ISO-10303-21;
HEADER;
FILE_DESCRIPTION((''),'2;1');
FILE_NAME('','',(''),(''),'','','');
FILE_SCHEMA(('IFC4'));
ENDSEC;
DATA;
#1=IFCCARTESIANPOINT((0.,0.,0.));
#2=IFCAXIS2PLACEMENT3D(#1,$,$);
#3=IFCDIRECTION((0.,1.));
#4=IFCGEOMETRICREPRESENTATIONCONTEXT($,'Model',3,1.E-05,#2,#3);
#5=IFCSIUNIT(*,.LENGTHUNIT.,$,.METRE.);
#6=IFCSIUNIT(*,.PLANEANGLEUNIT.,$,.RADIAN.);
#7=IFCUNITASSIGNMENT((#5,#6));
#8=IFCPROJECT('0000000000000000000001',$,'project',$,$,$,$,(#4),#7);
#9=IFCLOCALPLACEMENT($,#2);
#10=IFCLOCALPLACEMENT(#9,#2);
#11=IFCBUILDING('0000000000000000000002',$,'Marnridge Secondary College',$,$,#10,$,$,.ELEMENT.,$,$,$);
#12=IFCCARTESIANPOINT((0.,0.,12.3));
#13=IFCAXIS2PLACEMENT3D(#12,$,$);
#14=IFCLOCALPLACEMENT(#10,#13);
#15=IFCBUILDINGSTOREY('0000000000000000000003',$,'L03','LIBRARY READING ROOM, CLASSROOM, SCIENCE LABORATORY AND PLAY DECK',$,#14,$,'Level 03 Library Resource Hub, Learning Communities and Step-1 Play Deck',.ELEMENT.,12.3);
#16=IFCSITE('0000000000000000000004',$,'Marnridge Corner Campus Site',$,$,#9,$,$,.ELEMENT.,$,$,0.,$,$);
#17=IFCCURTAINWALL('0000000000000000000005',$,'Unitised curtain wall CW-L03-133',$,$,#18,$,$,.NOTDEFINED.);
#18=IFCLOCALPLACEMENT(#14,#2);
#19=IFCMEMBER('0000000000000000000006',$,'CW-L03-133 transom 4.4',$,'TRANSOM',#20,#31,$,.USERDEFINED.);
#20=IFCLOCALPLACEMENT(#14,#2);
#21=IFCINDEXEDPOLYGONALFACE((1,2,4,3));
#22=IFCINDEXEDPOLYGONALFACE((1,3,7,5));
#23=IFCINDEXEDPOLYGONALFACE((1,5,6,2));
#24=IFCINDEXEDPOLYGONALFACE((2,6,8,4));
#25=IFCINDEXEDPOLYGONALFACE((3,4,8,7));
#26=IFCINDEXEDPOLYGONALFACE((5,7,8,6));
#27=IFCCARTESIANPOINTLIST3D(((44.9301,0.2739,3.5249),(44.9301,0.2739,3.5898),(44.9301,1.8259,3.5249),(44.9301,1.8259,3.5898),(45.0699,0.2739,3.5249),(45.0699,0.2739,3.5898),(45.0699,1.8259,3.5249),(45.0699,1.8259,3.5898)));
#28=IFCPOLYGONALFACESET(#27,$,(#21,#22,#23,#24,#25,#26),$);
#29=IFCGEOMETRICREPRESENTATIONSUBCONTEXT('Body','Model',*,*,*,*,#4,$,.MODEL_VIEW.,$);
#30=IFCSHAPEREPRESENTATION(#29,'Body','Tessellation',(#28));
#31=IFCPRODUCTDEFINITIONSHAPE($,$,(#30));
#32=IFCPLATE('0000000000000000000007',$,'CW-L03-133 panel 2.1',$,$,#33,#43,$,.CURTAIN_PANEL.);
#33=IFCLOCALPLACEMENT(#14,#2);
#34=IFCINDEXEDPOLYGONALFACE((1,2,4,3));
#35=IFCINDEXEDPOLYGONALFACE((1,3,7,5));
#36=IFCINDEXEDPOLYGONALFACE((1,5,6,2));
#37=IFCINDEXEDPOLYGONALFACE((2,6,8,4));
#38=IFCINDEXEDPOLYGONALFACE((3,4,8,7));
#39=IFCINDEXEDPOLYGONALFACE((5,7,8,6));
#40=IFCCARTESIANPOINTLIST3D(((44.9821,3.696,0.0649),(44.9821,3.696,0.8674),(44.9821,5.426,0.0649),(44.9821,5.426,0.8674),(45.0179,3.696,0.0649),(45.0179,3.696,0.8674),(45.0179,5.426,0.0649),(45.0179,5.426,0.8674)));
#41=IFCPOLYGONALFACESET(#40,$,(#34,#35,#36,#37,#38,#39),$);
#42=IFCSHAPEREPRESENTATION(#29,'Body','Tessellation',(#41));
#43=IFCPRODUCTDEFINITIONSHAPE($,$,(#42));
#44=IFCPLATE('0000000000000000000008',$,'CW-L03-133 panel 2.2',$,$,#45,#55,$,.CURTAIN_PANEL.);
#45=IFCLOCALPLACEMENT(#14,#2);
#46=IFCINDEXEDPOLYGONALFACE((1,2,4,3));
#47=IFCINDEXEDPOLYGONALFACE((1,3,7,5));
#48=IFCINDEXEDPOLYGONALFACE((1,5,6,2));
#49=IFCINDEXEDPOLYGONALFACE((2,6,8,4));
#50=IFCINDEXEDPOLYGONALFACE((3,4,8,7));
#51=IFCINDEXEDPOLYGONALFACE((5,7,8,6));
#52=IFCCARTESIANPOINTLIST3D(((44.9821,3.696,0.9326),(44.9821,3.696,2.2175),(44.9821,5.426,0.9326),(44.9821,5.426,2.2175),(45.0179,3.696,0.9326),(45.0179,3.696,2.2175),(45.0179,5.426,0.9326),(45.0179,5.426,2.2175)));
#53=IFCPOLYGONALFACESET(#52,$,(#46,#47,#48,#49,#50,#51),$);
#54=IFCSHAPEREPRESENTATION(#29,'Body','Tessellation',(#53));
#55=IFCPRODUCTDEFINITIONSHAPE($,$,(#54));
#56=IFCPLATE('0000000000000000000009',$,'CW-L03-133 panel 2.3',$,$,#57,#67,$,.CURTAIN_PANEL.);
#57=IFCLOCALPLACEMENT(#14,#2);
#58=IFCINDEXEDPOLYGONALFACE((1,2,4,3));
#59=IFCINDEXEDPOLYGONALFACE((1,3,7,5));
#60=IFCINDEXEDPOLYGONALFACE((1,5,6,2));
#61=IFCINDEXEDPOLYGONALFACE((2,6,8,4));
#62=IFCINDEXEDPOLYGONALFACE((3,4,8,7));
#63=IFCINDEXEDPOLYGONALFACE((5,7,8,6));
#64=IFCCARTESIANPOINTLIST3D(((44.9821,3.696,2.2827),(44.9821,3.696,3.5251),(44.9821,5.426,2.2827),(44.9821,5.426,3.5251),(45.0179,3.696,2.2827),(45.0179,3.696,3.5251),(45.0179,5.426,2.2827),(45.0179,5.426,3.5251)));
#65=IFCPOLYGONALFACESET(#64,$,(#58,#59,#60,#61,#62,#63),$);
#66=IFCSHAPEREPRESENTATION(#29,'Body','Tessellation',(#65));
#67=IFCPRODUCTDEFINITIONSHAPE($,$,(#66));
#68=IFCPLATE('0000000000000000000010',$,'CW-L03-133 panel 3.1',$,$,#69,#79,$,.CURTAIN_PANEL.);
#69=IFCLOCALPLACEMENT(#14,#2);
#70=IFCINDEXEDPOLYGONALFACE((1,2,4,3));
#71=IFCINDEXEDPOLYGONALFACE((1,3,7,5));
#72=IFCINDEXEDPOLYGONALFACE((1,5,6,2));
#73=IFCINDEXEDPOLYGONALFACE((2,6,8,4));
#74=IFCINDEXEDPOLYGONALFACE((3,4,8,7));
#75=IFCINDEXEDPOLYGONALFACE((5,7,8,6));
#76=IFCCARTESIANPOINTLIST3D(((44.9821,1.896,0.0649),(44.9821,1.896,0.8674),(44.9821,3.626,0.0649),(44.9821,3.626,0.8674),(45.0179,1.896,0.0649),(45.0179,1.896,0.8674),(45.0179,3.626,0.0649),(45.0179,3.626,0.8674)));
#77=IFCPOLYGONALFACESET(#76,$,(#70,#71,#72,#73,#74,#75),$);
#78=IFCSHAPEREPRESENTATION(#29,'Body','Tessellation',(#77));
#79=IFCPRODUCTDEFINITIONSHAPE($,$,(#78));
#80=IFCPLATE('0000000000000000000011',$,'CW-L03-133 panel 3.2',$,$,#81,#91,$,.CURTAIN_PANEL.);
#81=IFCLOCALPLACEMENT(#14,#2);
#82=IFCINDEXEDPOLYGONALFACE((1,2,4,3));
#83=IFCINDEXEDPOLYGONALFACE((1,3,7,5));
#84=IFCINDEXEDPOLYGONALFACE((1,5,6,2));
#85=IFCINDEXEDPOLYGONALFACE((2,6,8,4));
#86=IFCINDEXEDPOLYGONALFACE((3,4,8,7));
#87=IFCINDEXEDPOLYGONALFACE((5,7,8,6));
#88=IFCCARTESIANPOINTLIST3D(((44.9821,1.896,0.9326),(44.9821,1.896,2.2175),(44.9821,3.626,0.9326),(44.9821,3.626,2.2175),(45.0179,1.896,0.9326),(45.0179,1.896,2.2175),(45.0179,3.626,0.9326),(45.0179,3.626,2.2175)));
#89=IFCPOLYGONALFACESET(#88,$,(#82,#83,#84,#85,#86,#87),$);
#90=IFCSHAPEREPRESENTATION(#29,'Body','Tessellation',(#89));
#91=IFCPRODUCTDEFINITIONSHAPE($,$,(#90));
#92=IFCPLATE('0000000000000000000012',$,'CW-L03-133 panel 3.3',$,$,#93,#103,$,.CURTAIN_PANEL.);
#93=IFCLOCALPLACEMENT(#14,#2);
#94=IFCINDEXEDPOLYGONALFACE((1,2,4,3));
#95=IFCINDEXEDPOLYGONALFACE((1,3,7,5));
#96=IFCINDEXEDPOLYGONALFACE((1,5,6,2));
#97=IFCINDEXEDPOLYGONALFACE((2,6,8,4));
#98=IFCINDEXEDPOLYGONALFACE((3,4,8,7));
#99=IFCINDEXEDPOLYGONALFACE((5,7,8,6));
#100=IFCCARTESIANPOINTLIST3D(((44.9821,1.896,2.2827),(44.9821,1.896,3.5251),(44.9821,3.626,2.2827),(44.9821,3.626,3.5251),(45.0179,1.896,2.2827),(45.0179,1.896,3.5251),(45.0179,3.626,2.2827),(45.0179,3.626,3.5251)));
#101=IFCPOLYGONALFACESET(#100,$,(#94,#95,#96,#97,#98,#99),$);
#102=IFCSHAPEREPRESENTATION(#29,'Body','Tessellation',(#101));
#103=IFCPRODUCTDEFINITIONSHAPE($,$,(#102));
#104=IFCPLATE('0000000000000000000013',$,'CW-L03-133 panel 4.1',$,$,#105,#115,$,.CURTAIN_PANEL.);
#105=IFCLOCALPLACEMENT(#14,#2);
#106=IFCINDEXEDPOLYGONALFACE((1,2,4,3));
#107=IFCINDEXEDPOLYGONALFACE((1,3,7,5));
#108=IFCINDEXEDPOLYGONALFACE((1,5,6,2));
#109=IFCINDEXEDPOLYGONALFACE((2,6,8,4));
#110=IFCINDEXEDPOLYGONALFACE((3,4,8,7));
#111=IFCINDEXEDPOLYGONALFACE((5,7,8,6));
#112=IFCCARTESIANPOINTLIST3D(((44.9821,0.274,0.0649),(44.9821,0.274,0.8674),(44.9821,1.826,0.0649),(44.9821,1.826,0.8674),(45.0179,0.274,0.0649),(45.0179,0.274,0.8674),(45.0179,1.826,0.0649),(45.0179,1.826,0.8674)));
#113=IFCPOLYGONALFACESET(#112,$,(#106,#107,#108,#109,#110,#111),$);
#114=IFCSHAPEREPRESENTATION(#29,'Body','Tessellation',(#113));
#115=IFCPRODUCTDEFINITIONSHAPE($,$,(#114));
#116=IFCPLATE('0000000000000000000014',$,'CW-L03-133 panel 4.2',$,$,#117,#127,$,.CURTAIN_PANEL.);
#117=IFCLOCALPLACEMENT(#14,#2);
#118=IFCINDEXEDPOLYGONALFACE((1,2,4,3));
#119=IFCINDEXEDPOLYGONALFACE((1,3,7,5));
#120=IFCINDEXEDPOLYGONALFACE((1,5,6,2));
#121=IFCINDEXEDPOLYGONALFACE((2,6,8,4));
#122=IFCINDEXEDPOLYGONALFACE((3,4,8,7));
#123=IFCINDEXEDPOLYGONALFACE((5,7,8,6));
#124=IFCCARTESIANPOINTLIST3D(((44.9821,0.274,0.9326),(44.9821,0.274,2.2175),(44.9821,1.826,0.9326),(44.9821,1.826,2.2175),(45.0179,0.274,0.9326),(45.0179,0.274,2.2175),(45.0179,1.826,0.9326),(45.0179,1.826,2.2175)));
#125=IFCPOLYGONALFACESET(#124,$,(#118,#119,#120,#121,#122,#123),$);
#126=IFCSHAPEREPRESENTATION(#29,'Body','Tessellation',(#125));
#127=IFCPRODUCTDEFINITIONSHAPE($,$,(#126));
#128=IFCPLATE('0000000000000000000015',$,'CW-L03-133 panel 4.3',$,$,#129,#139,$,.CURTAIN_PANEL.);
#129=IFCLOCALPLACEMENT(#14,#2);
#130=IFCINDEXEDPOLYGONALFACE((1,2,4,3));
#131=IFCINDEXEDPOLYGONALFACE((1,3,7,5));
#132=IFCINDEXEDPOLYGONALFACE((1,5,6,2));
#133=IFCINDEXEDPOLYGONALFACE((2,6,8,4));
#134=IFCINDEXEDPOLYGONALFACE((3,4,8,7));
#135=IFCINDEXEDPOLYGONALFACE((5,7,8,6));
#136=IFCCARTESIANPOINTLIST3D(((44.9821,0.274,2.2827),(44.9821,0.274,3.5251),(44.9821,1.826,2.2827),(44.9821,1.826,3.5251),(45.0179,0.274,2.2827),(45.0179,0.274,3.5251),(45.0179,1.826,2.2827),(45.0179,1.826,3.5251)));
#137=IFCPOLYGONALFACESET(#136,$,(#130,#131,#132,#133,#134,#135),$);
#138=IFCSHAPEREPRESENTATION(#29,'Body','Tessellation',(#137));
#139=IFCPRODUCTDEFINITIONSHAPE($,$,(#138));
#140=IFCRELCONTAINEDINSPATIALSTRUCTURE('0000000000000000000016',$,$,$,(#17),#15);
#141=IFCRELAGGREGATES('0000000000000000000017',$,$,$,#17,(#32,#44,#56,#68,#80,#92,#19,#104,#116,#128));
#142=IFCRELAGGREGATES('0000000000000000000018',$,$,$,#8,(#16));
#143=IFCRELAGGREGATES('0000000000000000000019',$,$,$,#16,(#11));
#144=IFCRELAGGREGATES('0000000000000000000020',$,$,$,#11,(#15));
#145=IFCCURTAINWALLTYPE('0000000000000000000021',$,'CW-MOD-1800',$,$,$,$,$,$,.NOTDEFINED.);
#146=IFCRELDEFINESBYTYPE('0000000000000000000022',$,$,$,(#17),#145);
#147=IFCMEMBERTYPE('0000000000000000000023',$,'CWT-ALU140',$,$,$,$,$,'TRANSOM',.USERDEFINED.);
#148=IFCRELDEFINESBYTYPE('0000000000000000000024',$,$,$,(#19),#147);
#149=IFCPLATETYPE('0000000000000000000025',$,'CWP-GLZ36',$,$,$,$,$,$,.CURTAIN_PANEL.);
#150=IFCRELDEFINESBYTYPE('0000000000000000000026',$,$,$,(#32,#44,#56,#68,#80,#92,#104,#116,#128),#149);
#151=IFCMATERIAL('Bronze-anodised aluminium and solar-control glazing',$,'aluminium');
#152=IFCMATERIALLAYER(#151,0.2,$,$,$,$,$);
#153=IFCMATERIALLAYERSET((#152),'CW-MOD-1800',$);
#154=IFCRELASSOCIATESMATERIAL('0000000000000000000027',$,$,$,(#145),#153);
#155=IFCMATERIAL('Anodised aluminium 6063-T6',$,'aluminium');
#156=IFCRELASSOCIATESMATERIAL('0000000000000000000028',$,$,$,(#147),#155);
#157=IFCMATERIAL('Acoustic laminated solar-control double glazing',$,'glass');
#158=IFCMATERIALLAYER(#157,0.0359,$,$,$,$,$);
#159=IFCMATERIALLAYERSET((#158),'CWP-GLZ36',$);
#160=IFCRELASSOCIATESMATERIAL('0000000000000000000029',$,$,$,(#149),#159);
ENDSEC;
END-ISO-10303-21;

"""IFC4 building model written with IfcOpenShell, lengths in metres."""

from ifc_helpers import new_model, si_unit, direction, frame, origin, origin_2d, place, context, subcontext, project, spatial, rectangle, extrude, material, layer, layer_set, material_profile, profile_set, type_object, element, aggregate, save


model = new_model("IFC4")

# Units and contexts
model_context = context("Model", 3, precision=1e-05, world=origin(), true_north=direction((0.0, 1.0)))
body_context = subcontext(model_context, "Body", "Model", "MODEL_VIEW")
ifc_project = project(units=[si_unit("LENGTHUNIT", "METRE"), si_unit("PLANEANGLEUNIT", "RADIAN")], contexts=[model_context])

# Site, building, storey
site_placement = place(None, origin())
site = spatial("IfcSite", under=ifc_project, at=site_placement, Name="Marnridge Corner Campus Site", CompositionType="ELEMENT", RefElevation=0.0)
building_placement = place(site_placement, origin())
building = spatial("IfcBuilding", under=site, at=building_placement, Name="Marnridge Secondary College", CompositionType="ELEMENT")
storey_placement = place(building_placement, frame((0.0, 0.0, 12.3)))
storey = spatial("IfcBuildingStorey", under=building, at=storey_placement, Name="L03", Description="LIBRARY READING ROOM, CLASSROOM, SCIENCE LABORATORY AND PLAY DECK", LongName="Level 03 Library Resource Hub, Learning Communities and Step-1 Play Deck", CompositionType="ELEMENT", Elevation=12.3)

# Curtain wall, member, plates
ifc_material_1 = material(Name="Bronze-anodised aluminium and solar-control glazing", Category="aluminium")
ifc_layer_1 = layer(ifc_material_1, 0.2)
ifc_layer_set_1 = layer_set([ifc_layer_1], Name="CW-MOD-1800")
curtain_wall_type = type_object("IfcCurtainWallType", Name="CW-MOD-1800", PredefinedType="NOTDEFINED", material=ifc_layer_set_1)
curtain_wall_placement = place(storey_placement, origin())
curtain_wall = element("IfcCurtainWall", 1, at=curtain_wall_placement, inside=storey, type_object=curtain_wall_type, Name="Unitised curtain wall CW-L03-133", PredefinedType="NOTDEFINED")
ifc_material_2 = material(Name="Anodised aluminium 6063-T6", Category="aluminium")
ifc_material_profile_1 = material_profile(ifc_material_2, rectangle(XDim=0.0649, YDim=0.1399, at=origin_2d()), Name="ALU 65x140")
ifc_profile_set_1 = profile_set([ifc_material_profile_1], Name="Anodised aluminium 6063-T6")
member_type_1 = type_object("IfcMemberType", Name="CWT-ALU140", ElementType="TRANSOM", PredefinedType="USERDEFINED", material=ifc_profile_set_1)
member_1_placement = place(storey_placement, frame((45.0, 1.8259, 3.5574), z_axis=(0.0, -1.0, 0.0), x_axis=(0.0, 0.0, 1.0)))
member_1 = element("IfcMember", 2, at=member_1_placement, type_object=member_type_1, Name="CW-L03-133 transom 4.4", ObjectType="TRANSOM", PredefinedType="USERDEFINED", context=body_context, shape_type="SweptSolid", body=[
    extrude(rectangle(XDim=0.0649, YDim=0.1399, at=origin_2d()), origin(), (0.0, 0.0, 1.0), 1.552),
])
ifc_material_3 = material(Name="Acoustic laminated solar-control double glazing", Category="glass")
ifc_layer_2 = layer(ifc_material_3, 0.0359)
ifc_layer_set_2 = layer_set([ifc_layer_2], Name="CWP-GLZ36")
plate_type = type_object("IfcPlateType", Name="CWP-GLZ36", PredefinedType="CURTAIN_PANEL", material=ifc_layer_set_2)
plate_1_placement = place(storey_placement, frame((45.0, 4.561, 0.0649), z_axis=(0.0, 0.0, 1.0), x_axis=(0.0, -1.0, 0.0)))
plate_1 = element("IfcPlate", 3, at=plate_1_placement, type_object=plate_type, Name="CW-L03-133 panel 2.1", PredefinedType="CURTAIN_PANEL", context=body_context, shape_type="SweptSolid", body=[
    extrude(rectangle(XDim=1.73, YDim=0.0359, at=origin_2d()), origin(), (0.0, 0.0, 1.0), 0.8025),
])
plate_2_placement = place(storey_placement, frame((45.0, 4.561, 0.9326), z_axis=(0.0, 0.0, 1.0), x_axis=(0.0, -1.0, 0.0)))
plate_2 = element("IfcPlate", 4, at=plate_2_placement, type_object=plate_type, Name="CW-L03-133 panel 2.2", PredefinedType="CURTAIN_PANEL", context=body_context, shape_type="SweptSolid", body=[
    extrude(rectangle(XDim=1.73, YDim=0.0359, at=origin_2d()), origin(), (0.0, 0.0, 1.0), 1.2849),
])
plate_3_placement = place(storey_placement, frame((45.0, 4.561, 2.2827), z_axis=(0.0, 0.0, 1.0), x_axis=(0.0, -1.0, 0.0)))
plate_3 = element("IfcPlate", 5, at=plate_3_placement, type_object=plate_type, Name="CW-L03-133 panel 2.3", PredefinedType="CURTAIN_PANEL", context=body_context, shape_type="SweptSolid", body=[
    extrude(rectangle(XDim=1.73, YDim=0.0359, at=origin_2d()), origin(), (0.0, 0.0, 1.0), 1.2424),
])
plate_4_placement = place(storey_placement, frame((45.0, 2.761, 0.0649), z_axis=(0.0, 0.0, 1.0), x_axis=(0.0, -1.0, 0.0)))
plate_4 = element("IfcPlate", 6, at=plate_4_placement, type_object=plate_type, Name="CW-L03-133 panel 3.1", PredefinedType="CURTAIN_PANEL", context=body_context, shape_type="SweptSolid", body=[
    extrude(rectangle(XDim=1.73, YDim=0.0359, at=origin_2d()), origin(), (0.0, 0.0, 1.0), 0.8025),
])
plate_5_placement = place(storey_placement, frame((45.0, 2.761, 0.9326), z_axis=(0.0, 0.0, 1.0), x_axis=(0.0, -1.0, 0.0)))
plate_5 = element("IfcPlate", 7, at=plate_5_placement, type_object=plate_type, Name="CW-L03-133 panel 3.2", PredefinedType="CURTAIN_PANEL", context=body_context, shape_type="SweptSolid", body=[
    extrude(rectangle(XDim=1.73, YDim=0.0359, at=origin_2d()), origin(), (0.0, 0.0, 1.0), 1.2849),
])
plate_6_placement = place(storey_placement, frame((45.0, 2.761, 2.2827), z_axis=(0.0, 0.0, 1.0), x_axis=(0.0, -1.0, 0.0)))
plate_6 = element("IfcPlate", 8, at=plate_6_placement, type_object=plate_type, Name="CW-L03-133 panel 3.3", PredefinedType="CURTAIN_PANEL", context=body_context, shape_type="SweptSolid", body=[
    extrude(rectangle(XDim=1.73, YDim=0.0359, at=origin_2d()), origin(), (0.0, 0.0, 1.0), 1.2424),
])
plate_7_placement = place(storey_placement, frame((45.0, 1.05, 0.0649), z_axis=(0.0, 0.0, 1.0), x_axis=(0.0, -1.0, 0.0)))
plate_7 = element("IfcPlate", 9, at=plate_7_placement, type_object=plate_type, Name="CW-L03-133 panel 4.1", PredefinedType="CURTAIN_PANEL", context=body_context, shape_type="SweptSolid", body=[
    extrude(rectangle(XDim=1.552, YDim=0.0359, at=origin_2d()), origin(), (0.0, 0.0, 1.0), 0.8025),
])
plate_8_placement = place(storey_placement, frame((45.0, 1.05, 0.9326), z_axis=(0.0, 0.0, 1.0), x_axis=(0.0, -1.0, 0.0)))
plate_8 = element("IfcPlate", 10, at=plate_8_placement, type_object=plate_type, Name="CW-L03-133 panel 4.2", PredefinedType="CURTAIN_PANEL", context=body_context, shape_type="SweptSolid", body=[
    extrude(rectangle(XDim=1.552, YDim=0.0359, at=origin_2d()), origin(), (0.0, 0.0, 1.0), 1.2849),
])
plate_9_placement = place(storey_placement, frame((45.0, 1.05, 2.2827), z_axis=(0.0, 0.0, 1.0), x_axis=(0.0, -1.0, 0.0)))
plate_9 = element("IfcPlate", 11, at=plate_9_placement, type_object=plate_type, Name="CW-L03-133 panel 4.3", PredefinedType="CURTAIN_PANEL", context=body_context, shape_type="SweptSolid", body=[
    extrude(rectangle(XDim=1.552, YDim=0.0359, at=origin_2d()), origin(), (0.0, 0.0, 1.0), 1.2424),
])
aggregate(curtain_wall, [plate_1, plate_2, plate_3, plate_4, plate_5, plate_6, member_1, plate_7, plate_8, plate_9])

save(model, "model.ifc")
